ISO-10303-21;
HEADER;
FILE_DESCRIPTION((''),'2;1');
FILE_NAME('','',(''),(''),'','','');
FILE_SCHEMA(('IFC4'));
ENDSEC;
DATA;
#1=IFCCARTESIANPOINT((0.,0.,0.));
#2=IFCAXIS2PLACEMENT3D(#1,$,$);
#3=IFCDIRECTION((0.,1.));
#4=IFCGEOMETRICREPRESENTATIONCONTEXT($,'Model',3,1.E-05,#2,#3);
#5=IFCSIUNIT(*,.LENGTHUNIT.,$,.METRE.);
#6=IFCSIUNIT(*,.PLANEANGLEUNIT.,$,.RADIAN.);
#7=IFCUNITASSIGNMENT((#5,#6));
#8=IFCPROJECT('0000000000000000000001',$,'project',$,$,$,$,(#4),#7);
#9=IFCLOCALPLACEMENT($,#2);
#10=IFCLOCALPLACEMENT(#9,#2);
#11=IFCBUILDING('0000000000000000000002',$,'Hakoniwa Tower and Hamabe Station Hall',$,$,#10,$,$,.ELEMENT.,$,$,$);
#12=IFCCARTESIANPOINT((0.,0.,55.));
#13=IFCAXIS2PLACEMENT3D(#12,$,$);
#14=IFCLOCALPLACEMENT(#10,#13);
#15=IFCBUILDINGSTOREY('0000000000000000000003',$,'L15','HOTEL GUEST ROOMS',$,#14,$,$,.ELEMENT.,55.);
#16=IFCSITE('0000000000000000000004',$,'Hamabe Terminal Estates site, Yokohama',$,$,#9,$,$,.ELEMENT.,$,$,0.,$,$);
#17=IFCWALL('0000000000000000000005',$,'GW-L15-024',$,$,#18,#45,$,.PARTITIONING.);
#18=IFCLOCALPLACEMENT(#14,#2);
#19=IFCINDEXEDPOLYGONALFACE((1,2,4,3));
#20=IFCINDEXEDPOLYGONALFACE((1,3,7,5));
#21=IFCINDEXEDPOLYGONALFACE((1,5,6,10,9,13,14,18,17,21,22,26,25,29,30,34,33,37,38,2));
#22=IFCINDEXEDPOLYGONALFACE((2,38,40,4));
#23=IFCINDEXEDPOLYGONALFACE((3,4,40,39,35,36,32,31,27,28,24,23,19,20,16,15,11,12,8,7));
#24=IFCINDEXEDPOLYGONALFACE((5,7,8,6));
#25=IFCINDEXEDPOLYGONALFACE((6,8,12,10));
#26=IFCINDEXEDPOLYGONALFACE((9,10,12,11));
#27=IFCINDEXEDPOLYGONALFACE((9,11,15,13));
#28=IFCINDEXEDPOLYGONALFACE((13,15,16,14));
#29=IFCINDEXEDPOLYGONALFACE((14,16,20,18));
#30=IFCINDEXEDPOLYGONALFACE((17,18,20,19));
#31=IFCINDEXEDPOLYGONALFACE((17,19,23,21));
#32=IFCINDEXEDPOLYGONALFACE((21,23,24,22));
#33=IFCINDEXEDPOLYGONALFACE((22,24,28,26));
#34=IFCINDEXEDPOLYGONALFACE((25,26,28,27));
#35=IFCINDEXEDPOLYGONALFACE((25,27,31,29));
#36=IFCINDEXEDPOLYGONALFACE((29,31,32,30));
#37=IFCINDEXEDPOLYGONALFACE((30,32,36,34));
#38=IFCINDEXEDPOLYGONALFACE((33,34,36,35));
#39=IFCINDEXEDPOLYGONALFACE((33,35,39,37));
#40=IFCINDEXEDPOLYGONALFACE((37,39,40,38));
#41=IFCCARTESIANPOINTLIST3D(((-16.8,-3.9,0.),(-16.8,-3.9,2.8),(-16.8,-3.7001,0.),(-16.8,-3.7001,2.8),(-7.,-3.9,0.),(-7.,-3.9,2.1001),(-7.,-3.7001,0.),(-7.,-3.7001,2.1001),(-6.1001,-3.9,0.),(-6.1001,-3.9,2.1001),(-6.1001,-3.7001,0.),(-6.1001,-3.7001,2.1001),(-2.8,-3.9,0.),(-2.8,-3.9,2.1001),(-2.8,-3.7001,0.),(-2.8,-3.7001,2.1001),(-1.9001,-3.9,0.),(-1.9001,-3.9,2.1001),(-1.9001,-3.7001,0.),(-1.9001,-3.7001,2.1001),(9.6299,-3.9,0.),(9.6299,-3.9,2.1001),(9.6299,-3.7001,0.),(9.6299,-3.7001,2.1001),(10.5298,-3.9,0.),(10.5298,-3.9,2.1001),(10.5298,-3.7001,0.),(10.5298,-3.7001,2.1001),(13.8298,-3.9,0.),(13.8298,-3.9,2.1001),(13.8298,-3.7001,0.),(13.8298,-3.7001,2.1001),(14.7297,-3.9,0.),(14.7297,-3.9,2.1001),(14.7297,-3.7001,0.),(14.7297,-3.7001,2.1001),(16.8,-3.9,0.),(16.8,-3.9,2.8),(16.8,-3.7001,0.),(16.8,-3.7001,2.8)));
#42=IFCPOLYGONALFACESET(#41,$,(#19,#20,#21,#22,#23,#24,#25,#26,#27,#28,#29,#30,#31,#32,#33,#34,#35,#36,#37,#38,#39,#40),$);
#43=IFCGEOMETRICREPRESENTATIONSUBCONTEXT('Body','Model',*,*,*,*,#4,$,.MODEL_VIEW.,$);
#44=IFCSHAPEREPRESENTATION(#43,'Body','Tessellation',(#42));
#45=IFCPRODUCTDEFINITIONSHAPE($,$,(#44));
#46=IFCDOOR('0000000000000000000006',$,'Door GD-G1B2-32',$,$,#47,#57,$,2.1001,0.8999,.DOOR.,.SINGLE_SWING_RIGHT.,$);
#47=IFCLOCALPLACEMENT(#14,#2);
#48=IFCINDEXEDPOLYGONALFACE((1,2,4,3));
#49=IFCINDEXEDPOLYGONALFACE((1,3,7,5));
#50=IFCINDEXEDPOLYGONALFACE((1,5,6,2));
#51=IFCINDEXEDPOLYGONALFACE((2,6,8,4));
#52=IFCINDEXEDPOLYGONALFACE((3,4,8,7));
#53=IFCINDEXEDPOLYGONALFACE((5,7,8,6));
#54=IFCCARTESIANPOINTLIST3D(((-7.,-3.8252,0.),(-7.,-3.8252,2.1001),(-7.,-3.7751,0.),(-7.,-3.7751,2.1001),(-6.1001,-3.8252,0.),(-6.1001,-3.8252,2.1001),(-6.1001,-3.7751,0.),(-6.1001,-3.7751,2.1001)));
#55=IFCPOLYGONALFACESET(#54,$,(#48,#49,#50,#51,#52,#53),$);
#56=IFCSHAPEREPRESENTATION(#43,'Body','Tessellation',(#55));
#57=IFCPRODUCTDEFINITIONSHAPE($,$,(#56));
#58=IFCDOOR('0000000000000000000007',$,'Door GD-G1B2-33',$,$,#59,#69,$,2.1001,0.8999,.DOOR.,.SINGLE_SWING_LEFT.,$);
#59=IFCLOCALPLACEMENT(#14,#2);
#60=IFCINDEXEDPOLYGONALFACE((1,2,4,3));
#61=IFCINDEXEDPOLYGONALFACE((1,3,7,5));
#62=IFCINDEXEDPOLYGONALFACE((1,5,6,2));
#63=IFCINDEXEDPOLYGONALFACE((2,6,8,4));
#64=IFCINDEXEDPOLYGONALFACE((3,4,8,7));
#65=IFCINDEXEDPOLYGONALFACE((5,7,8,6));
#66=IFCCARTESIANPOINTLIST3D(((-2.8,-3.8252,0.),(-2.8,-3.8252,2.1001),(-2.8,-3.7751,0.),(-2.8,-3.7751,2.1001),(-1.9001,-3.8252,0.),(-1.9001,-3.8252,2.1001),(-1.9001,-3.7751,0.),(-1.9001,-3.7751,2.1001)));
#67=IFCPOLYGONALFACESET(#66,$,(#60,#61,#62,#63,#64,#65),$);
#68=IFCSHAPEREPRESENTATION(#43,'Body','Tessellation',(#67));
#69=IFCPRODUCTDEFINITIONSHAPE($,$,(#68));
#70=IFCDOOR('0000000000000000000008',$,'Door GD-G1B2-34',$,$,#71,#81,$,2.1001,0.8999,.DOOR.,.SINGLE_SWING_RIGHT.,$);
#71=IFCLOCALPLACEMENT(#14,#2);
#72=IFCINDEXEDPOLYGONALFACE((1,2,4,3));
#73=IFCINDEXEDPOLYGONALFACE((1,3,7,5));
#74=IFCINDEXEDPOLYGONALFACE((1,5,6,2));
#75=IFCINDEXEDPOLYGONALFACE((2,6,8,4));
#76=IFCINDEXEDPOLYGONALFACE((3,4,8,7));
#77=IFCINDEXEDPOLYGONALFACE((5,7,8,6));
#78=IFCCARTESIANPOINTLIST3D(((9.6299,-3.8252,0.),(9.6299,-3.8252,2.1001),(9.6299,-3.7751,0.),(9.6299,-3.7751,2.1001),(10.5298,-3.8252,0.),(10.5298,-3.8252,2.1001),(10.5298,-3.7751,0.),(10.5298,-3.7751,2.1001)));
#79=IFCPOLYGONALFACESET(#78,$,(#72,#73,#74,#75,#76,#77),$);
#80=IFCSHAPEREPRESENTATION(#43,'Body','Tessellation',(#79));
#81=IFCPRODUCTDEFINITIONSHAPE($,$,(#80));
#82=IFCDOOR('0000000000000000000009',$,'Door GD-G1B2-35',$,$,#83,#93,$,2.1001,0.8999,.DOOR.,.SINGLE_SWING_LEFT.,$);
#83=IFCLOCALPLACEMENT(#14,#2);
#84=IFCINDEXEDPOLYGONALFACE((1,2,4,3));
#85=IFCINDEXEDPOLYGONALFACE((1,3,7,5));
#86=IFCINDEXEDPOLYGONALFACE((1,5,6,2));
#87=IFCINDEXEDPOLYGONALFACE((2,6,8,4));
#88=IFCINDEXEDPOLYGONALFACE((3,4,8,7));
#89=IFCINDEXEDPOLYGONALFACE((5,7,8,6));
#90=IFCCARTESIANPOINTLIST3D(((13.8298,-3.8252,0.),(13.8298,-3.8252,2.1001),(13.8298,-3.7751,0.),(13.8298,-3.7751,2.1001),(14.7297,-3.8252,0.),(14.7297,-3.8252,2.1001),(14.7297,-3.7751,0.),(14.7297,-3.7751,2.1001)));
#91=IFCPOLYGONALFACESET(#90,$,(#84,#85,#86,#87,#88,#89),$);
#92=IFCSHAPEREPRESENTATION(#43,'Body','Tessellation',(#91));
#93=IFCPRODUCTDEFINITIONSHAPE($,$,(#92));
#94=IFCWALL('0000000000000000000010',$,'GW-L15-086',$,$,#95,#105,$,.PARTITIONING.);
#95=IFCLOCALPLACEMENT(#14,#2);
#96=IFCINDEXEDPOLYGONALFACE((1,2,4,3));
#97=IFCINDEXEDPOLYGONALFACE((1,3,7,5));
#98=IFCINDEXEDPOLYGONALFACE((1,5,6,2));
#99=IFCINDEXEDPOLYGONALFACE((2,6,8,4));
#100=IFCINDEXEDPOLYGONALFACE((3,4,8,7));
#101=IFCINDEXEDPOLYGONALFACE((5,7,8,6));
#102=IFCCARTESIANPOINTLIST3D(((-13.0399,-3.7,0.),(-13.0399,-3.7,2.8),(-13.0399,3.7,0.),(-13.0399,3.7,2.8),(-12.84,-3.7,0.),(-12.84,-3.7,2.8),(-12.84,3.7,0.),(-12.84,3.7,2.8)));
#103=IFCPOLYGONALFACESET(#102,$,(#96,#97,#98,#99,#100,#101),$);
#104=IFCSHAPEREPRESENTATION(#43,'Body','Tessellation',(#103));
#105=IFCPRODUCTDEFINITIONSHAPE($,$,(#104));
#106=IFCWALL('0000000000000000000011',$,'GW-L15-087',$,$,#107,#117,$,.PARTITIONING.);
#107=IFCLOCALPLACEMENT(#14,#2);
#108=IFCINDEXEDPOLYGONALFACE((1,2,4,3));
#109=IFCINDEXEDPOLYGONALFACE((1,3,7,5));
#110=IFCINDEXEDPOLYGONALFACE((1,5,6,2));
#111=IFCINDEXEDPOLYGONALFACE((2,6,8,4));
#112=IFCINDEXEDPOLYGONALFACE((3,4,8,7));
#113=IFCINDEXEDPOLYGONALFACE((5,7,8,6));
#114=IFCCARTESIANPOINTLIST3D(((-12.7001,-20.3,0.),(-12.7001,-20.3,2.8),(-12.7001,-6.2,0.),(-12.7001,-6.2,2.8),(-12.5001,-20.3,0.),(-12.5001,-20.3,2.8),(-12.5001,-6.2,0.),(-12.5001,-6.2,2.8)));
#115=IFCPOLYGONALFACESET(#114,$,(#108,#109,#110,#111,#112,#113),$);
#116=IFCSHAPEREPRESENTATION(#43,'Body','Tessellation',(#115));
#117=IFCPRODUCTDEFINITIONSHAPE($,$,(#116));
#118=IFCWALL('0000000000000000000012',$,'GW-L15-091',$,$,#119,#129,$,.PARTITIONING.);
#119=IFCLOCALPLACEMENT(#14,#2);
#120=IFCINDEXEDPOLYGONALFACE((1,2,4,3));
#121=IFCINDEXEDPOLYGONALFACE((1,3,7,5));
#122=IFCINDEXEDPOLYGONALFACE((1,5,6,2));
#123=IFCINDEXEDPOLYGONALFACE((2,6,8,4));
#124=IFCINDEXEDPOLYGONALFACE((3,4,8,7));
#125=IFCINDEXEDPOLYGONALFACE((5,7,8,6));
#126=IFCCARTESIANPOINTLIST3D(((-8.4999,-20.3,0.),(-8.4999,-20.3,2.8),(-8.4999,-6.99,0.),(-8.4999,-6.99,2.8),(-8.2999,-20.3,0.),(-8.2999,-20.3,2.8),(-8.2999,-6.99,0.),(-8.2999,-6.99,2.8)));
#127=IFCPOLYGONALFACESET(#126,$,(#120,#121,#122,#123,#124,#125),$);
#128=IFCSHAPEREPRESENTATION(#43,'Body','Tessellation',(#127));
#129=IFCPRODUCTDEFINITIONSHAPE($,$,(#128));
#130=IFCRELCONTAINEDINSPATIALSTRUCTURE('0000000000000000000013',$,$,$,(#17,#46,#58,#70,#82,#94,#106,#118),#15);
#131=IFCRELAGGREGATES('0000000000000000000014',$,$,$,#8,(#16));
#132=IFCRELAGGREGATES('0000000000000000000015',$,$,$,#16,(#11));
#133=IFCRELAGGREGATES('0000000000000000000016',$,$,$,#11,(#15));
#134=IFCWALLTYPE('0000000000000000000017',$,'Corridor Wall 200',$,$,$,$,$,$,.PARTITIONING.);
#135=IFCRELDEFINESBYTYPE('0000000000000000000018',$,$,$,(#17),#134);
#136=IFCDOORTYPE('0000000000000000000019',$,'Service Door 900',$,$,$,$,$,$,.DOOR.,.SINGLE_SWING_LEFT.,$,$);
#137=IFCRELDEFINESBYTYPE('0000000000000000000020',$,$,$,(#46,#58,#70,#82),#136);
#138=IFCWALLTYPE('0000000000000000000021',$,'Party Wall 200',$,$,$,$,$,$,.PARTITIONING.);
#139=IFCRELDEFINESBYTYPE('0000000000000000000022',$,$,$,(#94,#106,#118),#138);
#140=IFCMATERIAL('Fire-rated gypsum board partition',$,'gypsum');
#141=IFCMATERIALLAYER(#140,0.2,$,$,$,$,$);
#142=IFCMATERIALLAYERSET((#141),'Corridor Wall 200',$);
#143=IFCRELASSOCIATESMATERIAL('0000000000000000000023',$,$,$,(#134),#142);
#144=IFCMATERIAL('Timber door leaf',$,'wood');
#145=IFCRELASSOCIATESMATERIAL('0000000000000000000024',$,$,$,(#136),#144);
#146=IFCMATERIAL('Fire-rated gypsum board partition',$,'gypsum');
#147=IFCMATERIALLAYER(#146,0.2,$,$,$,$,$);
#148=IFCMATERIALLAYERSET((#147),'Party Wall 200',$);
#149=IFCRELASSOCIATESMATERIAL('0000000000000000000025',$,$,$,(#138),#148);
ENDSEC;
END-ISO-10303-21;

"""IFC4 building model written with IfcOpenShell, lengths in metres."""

from ifc_helpers import new_model, si_unit, direction, frame, frame_2d, origin, place, context, subcontext, project, spatial, rectangle, extrude, material, layer, layer_set, type_object, element, fill, save


model = new_model("IFC4")

# Units and contexts
model_context = context("Model", 3, precision=1e-05, world=origin(), true_north=direction((0.0, 1.0)))
body_context = subcontext(model_context, "Body", "Model", "MODEL_VIEW")
ifc_project = project(units=[si_unit("LENGTHUNIT", "METRE"), si_unit("PLANEANGLEUNIT", "RADIAN")], contexts=[model_context])

# Site, building, storey
site_placement = place(None, origin())
site = spatial("IfcSite", under=ifc_project, at=site_placement, Name="Hamabe Terminal Estates site, Yokohama", CompositionType="ELEMENT", RefElevation=0.0)
building_placement = place(site_placement, origin())
building = spatial("IfcBuilding", under=site, at=building_placement, Name="Hakoniwa Tower and Hamabe Station Hall", CompositionType="ELEMENT")
storey_placement = place(building_placement, frame((0.0, 0.0, 55.0)))
storey = spatial("IfcBuildingStorey", under=building, at=storey_placement, Name="L15", Description="HOTEL GUEST ROOMS", CompositionType="ELEMENT", Elevation=55.0)

# Wall, openings, doors
ifc_material_1 = material(Name="Fire-rated gypsum board partition", Category="gypsum")
ifc_layer_1 = layer(ifc_material_1, 0.2)
ifc_layer_set_1 = layer_set([ifc_layer_1], Name="Corridor Wall 200")
wall_type_1 = type_object("IfcWallType", Name="Corridor Wall 200", PredefinedType="PARTITIONING", material=ifc_layer_set_1)
ifc_material_2 = material(Name="Timber door leaf", Category="wood")
door_type_1 = type_object("IfcDoorType", Name="Service Door 900", OperationType="SINGLE_SWING_LEFT", PredefinedType="DOOR", material=ifc_material_2)
wall_1_placement = place(storey_placement, frame((-16.8, -3.8, 0.0), z_axis=(0.0, 0.0, 1.0), x_axis=(1.0, 0.0, 0.0)))
wall_1 = element("IfcWall", 1, at=wall_1_placement, inside=storey, type_object=wall_type_1, Name="GW-L15-024", PredefinedType="PARTITIONING", context=body_context, shape_type="SweptSolid", body=[
    extrude(rectangle(XDim=33.6001, YDim=0.2, at=frame_2d((16.8, 0.0))), origin(), (0.0, 0.0, 1.0), 2.8),
])
opening_1_placement = place(wall_1_placement, frame((9.8, 0.0, 0.0)))
opening_1 = element("IfcOpeningElement", 2, at=opening_1_placement, cuts=wall_1, PredefinedType="OPENING", context=body_context, shape_type="SweptSolid", body=[
    extrude(rectangle(XDim=0.8999, YDim=2.1001, at=frame_2d((0.45, 1.05))), frame((0.0, 0.1099, 0.0), z_axis=(0.0, -1.0, 0.0), x_axis=(1.0, 0.0, 0.0)), (0.0, 0.0, 1.0), 0.22),
])
opening_2_placement = place(wall_1_placement, frame((14.0, 0.0, 0.0)))
opening_2 = element("IfcOpeningElement", 3, at=opening_2_placement, cuts=wall_1, PredefinedType="OPENING", context=body_context, shape_type="SweptSolid", body=[
    extrude(rectangle(XDim=0.8999, YDim=2.1001, at=frame_2d((0.45, 1.05))), frame((0.0, 0.1099, 0.0), z_axis=(0.0, -1.0, 0.0), x_axis=(1.0, 0.0, 0.0)), (0.0, 0.0, 1.0), 0.22),
])
opening_3_placement = place(wall_1_placement, frame((26.4299, 0.0, 0.0)))
opening_3 = element("IfcOpeningElement", 4, at=opening_3_placement, cuts=wall_1, PredefinedType="OPENING", context=body_context, shape_type="SweptSolid", body=[
    extrude(rectangle(XDim=0.8999, YDim=2.1001, at=frame_2d((0.45, 1.05))), frame((0.0, 0.1099, 0.0), z_axis=(0.0, -1.0, 0.0), x_axis=(1.0, 0.0, 0.0)), (0.0, 0.0, 1.0), 0.22),
])
opening_4_placement = place(wall_1_placement, frame((30.6299, 0.0, 0.0)))
opening_4 = element("IfcOpeningElement", 5, at=opening_4_placement, cuts=wall_1, PredefinedType="OPENING", context=body_context, shape_type="SweptSolid", body=[
    extrude(rectangle(XDim=0.8999, YDim=2.1001, at=frame_2d((0.45, 1.05))), frame((0.0, 0.1099, 0.0), z_axis=(0.0, -1.0, 0.0), x_axis=(1.0, 0.0, 0.0)), (0.0, 0.0, 1.0), 0.22),
])
door_1_placement = place(opening_1_placement, origin())
door_1 = element("IfcDoor", 6, at=door_1_placement, inside=storey, type_object=door_type_1, Name="Door GD-G1B2-32", OperationType="SINGLE_SWING_RIGHT", OverallHeight=2.1001, OverallWidth=0.8999, PredefinedType="DOOR", context=body_context, shape_type="SweptSolid", body=[
    extrude(rectangle(XDim=0.8999, YDim=2.1001, at=frame_2d((0.45, 1.05))), frame((0.0, 0.0249, 0.0), z_axis=(0.0, -1.0, 0.0), x_axis=(1.0, 0.0, 0.0)), (0.0, 0.0, 1.0), 0.05),
])
fill(opening_1, door_1)
door_2_placement = place(opening_2_placement, origin())
door_2 = element("IfcDoor", 7, at=door_2_placement, inside=storey, type_object=door_type_1, Name="Door GD-G1B2-33", OperationType="SINGLE_SWING_LEFT", OverallHeight=2.1001, OverallWidth=0.8999, PredefinedType="DOOR", context=body_context, shape_type="SweptSolid", body=[
    extrude(rectangle(XDim=0.8999, YDim=2.1001, at=frame_2d((0.45, 1.05))), frame((0.0, 0.0249, 0.0), z_axis=(0.0, -1.0, 0.0), x_axis=(1.0, 0.0, 0.0)), (0.0, 0.0, 1.0), 0.05),
])
fill(opening_2, door_2)
door_3_placement = place(opening_3_placement, origin())
door_3 = element("IfcDoor", 8, at=door_3_placement, inside=storey, type_object=door_type_1, Name="Door GD-G1B2-34", OperationType="SINGLE_SWING_RIGHT", OverallHeight=2.1001, OverallWidth=0.8999, PredefinedType="DOOR", context=body_context, shape_type="SweptSolid", body=[
    extrude(rectangle(XDim=0.8999, YDim=2.1001, at=frame_2d((0.45, 1.05))), frame((0.0, 0.0249, 0.0), z_axis=(0.0, -1.0, 0.0), x_axis=(1.0, 0.0, 0.0)), (0.0, 0.0, 1.0), 0.05),
])
fill(opening_3, door_3)
door_4_placement = place(opening_4_placement, origin())
door_4 = element("IfcDoor", 9, at=door_4_placement, inside=storey, type_object=door_type_1, Name="Door GD-G1B2-35", OperationType="SINGLE_SWING_LEFT", OverallHeight=2.1001, OverallWidth=0.8999, PredefinedType="DOOR", context=body_context, shape_type="SweptSolid", body=[
    extrude(rectangle(XDim=0.8999, YDim=2.1001, at=frame_2d((0.45, 1.05))), frame((0.0, 0.0249, 0.0), z_axis=(0.0, -1.0, 0.0), x_axis=(1.0, 0.0, 0.0)), (0.0, 0.0, 1.0), 0.05),
])
fill(opening_4, door_4)

# Walls
ifc_material_3 = material(Name="Fire-rated gypsum board partition", Category="gypsum")
ifc_layer_2 = layer(ifc_material_3, 0.2)
ifc_layer_set_2 = layer_set([ifc_layer_2], Name="Party Wall 200")
wall_type_2 = type_object("IfcWallType", Name="Party Wall 200", PredefinedType="PARTITIONING", material=ifc_layer_set_2)
wall_2_placement = place(storey_placement, frame((-12.9399, -3.7, 0.0), z_axis=(0.0, 0.0, 1.0), x_axis=(0.0, 1.0, 0.0)))
element("IfcWall", 10, at=wall_2_placement, inside=storey, type_object=wall_type_2, Name="GW-L15-086", PredefinedType="PARTITIONING", context=body_context, shape_type="SweptSolid", body=[
    extrude(rectangle(XDim=7.3999, YDim=0.2, at=frame_2d((3.7, 0.0))), origin(), (0.0, 0.0, 1.0), 2.8),
])
wall_3_placement = place(storey_placement, frame((-12.6001, -20.3, 0.0), z_axis=(0.0, 0.0, 1.0), x_axis=(0.0, 1.0, 0.0)))
element("IfcWall", 11, at=wall_3_placement, inside=storey, type_object=wall_type_2, Name="GW-L15-087", PredefinedType="PARTITIONING", context=body_context, shape_type="SweptSolid", body=[
    extrude(rectangle(XDim=14.1001, YDim=0.2, at=frame_2d((7.05, 0.0))), origin(), (0.0, 0.0, 1.0), 2.8),
])
wall_4_placement = place(storey_placement, frame((-8.3999, -20.3, 0.0), z_axis=(0.0, 0.0, 1.0), x_axis=(0.0, 1.0, 0.0)))
element("IfcWall", 12, at=wall_4_placement, inside=storey, type_object=wall_type_2, Name="GW-L15-091", PredefinedType="PARTITIONING", context=body_context, shape_type="SweptSolid", body=[
    extrude(rectangle(XDim=13.3101, YDim=0.2, at=frame_2d((6.655, 0.0))), origin(), (0.0, 0.0, 1.0), 2.8),
])

save(model, "model.ifc")
